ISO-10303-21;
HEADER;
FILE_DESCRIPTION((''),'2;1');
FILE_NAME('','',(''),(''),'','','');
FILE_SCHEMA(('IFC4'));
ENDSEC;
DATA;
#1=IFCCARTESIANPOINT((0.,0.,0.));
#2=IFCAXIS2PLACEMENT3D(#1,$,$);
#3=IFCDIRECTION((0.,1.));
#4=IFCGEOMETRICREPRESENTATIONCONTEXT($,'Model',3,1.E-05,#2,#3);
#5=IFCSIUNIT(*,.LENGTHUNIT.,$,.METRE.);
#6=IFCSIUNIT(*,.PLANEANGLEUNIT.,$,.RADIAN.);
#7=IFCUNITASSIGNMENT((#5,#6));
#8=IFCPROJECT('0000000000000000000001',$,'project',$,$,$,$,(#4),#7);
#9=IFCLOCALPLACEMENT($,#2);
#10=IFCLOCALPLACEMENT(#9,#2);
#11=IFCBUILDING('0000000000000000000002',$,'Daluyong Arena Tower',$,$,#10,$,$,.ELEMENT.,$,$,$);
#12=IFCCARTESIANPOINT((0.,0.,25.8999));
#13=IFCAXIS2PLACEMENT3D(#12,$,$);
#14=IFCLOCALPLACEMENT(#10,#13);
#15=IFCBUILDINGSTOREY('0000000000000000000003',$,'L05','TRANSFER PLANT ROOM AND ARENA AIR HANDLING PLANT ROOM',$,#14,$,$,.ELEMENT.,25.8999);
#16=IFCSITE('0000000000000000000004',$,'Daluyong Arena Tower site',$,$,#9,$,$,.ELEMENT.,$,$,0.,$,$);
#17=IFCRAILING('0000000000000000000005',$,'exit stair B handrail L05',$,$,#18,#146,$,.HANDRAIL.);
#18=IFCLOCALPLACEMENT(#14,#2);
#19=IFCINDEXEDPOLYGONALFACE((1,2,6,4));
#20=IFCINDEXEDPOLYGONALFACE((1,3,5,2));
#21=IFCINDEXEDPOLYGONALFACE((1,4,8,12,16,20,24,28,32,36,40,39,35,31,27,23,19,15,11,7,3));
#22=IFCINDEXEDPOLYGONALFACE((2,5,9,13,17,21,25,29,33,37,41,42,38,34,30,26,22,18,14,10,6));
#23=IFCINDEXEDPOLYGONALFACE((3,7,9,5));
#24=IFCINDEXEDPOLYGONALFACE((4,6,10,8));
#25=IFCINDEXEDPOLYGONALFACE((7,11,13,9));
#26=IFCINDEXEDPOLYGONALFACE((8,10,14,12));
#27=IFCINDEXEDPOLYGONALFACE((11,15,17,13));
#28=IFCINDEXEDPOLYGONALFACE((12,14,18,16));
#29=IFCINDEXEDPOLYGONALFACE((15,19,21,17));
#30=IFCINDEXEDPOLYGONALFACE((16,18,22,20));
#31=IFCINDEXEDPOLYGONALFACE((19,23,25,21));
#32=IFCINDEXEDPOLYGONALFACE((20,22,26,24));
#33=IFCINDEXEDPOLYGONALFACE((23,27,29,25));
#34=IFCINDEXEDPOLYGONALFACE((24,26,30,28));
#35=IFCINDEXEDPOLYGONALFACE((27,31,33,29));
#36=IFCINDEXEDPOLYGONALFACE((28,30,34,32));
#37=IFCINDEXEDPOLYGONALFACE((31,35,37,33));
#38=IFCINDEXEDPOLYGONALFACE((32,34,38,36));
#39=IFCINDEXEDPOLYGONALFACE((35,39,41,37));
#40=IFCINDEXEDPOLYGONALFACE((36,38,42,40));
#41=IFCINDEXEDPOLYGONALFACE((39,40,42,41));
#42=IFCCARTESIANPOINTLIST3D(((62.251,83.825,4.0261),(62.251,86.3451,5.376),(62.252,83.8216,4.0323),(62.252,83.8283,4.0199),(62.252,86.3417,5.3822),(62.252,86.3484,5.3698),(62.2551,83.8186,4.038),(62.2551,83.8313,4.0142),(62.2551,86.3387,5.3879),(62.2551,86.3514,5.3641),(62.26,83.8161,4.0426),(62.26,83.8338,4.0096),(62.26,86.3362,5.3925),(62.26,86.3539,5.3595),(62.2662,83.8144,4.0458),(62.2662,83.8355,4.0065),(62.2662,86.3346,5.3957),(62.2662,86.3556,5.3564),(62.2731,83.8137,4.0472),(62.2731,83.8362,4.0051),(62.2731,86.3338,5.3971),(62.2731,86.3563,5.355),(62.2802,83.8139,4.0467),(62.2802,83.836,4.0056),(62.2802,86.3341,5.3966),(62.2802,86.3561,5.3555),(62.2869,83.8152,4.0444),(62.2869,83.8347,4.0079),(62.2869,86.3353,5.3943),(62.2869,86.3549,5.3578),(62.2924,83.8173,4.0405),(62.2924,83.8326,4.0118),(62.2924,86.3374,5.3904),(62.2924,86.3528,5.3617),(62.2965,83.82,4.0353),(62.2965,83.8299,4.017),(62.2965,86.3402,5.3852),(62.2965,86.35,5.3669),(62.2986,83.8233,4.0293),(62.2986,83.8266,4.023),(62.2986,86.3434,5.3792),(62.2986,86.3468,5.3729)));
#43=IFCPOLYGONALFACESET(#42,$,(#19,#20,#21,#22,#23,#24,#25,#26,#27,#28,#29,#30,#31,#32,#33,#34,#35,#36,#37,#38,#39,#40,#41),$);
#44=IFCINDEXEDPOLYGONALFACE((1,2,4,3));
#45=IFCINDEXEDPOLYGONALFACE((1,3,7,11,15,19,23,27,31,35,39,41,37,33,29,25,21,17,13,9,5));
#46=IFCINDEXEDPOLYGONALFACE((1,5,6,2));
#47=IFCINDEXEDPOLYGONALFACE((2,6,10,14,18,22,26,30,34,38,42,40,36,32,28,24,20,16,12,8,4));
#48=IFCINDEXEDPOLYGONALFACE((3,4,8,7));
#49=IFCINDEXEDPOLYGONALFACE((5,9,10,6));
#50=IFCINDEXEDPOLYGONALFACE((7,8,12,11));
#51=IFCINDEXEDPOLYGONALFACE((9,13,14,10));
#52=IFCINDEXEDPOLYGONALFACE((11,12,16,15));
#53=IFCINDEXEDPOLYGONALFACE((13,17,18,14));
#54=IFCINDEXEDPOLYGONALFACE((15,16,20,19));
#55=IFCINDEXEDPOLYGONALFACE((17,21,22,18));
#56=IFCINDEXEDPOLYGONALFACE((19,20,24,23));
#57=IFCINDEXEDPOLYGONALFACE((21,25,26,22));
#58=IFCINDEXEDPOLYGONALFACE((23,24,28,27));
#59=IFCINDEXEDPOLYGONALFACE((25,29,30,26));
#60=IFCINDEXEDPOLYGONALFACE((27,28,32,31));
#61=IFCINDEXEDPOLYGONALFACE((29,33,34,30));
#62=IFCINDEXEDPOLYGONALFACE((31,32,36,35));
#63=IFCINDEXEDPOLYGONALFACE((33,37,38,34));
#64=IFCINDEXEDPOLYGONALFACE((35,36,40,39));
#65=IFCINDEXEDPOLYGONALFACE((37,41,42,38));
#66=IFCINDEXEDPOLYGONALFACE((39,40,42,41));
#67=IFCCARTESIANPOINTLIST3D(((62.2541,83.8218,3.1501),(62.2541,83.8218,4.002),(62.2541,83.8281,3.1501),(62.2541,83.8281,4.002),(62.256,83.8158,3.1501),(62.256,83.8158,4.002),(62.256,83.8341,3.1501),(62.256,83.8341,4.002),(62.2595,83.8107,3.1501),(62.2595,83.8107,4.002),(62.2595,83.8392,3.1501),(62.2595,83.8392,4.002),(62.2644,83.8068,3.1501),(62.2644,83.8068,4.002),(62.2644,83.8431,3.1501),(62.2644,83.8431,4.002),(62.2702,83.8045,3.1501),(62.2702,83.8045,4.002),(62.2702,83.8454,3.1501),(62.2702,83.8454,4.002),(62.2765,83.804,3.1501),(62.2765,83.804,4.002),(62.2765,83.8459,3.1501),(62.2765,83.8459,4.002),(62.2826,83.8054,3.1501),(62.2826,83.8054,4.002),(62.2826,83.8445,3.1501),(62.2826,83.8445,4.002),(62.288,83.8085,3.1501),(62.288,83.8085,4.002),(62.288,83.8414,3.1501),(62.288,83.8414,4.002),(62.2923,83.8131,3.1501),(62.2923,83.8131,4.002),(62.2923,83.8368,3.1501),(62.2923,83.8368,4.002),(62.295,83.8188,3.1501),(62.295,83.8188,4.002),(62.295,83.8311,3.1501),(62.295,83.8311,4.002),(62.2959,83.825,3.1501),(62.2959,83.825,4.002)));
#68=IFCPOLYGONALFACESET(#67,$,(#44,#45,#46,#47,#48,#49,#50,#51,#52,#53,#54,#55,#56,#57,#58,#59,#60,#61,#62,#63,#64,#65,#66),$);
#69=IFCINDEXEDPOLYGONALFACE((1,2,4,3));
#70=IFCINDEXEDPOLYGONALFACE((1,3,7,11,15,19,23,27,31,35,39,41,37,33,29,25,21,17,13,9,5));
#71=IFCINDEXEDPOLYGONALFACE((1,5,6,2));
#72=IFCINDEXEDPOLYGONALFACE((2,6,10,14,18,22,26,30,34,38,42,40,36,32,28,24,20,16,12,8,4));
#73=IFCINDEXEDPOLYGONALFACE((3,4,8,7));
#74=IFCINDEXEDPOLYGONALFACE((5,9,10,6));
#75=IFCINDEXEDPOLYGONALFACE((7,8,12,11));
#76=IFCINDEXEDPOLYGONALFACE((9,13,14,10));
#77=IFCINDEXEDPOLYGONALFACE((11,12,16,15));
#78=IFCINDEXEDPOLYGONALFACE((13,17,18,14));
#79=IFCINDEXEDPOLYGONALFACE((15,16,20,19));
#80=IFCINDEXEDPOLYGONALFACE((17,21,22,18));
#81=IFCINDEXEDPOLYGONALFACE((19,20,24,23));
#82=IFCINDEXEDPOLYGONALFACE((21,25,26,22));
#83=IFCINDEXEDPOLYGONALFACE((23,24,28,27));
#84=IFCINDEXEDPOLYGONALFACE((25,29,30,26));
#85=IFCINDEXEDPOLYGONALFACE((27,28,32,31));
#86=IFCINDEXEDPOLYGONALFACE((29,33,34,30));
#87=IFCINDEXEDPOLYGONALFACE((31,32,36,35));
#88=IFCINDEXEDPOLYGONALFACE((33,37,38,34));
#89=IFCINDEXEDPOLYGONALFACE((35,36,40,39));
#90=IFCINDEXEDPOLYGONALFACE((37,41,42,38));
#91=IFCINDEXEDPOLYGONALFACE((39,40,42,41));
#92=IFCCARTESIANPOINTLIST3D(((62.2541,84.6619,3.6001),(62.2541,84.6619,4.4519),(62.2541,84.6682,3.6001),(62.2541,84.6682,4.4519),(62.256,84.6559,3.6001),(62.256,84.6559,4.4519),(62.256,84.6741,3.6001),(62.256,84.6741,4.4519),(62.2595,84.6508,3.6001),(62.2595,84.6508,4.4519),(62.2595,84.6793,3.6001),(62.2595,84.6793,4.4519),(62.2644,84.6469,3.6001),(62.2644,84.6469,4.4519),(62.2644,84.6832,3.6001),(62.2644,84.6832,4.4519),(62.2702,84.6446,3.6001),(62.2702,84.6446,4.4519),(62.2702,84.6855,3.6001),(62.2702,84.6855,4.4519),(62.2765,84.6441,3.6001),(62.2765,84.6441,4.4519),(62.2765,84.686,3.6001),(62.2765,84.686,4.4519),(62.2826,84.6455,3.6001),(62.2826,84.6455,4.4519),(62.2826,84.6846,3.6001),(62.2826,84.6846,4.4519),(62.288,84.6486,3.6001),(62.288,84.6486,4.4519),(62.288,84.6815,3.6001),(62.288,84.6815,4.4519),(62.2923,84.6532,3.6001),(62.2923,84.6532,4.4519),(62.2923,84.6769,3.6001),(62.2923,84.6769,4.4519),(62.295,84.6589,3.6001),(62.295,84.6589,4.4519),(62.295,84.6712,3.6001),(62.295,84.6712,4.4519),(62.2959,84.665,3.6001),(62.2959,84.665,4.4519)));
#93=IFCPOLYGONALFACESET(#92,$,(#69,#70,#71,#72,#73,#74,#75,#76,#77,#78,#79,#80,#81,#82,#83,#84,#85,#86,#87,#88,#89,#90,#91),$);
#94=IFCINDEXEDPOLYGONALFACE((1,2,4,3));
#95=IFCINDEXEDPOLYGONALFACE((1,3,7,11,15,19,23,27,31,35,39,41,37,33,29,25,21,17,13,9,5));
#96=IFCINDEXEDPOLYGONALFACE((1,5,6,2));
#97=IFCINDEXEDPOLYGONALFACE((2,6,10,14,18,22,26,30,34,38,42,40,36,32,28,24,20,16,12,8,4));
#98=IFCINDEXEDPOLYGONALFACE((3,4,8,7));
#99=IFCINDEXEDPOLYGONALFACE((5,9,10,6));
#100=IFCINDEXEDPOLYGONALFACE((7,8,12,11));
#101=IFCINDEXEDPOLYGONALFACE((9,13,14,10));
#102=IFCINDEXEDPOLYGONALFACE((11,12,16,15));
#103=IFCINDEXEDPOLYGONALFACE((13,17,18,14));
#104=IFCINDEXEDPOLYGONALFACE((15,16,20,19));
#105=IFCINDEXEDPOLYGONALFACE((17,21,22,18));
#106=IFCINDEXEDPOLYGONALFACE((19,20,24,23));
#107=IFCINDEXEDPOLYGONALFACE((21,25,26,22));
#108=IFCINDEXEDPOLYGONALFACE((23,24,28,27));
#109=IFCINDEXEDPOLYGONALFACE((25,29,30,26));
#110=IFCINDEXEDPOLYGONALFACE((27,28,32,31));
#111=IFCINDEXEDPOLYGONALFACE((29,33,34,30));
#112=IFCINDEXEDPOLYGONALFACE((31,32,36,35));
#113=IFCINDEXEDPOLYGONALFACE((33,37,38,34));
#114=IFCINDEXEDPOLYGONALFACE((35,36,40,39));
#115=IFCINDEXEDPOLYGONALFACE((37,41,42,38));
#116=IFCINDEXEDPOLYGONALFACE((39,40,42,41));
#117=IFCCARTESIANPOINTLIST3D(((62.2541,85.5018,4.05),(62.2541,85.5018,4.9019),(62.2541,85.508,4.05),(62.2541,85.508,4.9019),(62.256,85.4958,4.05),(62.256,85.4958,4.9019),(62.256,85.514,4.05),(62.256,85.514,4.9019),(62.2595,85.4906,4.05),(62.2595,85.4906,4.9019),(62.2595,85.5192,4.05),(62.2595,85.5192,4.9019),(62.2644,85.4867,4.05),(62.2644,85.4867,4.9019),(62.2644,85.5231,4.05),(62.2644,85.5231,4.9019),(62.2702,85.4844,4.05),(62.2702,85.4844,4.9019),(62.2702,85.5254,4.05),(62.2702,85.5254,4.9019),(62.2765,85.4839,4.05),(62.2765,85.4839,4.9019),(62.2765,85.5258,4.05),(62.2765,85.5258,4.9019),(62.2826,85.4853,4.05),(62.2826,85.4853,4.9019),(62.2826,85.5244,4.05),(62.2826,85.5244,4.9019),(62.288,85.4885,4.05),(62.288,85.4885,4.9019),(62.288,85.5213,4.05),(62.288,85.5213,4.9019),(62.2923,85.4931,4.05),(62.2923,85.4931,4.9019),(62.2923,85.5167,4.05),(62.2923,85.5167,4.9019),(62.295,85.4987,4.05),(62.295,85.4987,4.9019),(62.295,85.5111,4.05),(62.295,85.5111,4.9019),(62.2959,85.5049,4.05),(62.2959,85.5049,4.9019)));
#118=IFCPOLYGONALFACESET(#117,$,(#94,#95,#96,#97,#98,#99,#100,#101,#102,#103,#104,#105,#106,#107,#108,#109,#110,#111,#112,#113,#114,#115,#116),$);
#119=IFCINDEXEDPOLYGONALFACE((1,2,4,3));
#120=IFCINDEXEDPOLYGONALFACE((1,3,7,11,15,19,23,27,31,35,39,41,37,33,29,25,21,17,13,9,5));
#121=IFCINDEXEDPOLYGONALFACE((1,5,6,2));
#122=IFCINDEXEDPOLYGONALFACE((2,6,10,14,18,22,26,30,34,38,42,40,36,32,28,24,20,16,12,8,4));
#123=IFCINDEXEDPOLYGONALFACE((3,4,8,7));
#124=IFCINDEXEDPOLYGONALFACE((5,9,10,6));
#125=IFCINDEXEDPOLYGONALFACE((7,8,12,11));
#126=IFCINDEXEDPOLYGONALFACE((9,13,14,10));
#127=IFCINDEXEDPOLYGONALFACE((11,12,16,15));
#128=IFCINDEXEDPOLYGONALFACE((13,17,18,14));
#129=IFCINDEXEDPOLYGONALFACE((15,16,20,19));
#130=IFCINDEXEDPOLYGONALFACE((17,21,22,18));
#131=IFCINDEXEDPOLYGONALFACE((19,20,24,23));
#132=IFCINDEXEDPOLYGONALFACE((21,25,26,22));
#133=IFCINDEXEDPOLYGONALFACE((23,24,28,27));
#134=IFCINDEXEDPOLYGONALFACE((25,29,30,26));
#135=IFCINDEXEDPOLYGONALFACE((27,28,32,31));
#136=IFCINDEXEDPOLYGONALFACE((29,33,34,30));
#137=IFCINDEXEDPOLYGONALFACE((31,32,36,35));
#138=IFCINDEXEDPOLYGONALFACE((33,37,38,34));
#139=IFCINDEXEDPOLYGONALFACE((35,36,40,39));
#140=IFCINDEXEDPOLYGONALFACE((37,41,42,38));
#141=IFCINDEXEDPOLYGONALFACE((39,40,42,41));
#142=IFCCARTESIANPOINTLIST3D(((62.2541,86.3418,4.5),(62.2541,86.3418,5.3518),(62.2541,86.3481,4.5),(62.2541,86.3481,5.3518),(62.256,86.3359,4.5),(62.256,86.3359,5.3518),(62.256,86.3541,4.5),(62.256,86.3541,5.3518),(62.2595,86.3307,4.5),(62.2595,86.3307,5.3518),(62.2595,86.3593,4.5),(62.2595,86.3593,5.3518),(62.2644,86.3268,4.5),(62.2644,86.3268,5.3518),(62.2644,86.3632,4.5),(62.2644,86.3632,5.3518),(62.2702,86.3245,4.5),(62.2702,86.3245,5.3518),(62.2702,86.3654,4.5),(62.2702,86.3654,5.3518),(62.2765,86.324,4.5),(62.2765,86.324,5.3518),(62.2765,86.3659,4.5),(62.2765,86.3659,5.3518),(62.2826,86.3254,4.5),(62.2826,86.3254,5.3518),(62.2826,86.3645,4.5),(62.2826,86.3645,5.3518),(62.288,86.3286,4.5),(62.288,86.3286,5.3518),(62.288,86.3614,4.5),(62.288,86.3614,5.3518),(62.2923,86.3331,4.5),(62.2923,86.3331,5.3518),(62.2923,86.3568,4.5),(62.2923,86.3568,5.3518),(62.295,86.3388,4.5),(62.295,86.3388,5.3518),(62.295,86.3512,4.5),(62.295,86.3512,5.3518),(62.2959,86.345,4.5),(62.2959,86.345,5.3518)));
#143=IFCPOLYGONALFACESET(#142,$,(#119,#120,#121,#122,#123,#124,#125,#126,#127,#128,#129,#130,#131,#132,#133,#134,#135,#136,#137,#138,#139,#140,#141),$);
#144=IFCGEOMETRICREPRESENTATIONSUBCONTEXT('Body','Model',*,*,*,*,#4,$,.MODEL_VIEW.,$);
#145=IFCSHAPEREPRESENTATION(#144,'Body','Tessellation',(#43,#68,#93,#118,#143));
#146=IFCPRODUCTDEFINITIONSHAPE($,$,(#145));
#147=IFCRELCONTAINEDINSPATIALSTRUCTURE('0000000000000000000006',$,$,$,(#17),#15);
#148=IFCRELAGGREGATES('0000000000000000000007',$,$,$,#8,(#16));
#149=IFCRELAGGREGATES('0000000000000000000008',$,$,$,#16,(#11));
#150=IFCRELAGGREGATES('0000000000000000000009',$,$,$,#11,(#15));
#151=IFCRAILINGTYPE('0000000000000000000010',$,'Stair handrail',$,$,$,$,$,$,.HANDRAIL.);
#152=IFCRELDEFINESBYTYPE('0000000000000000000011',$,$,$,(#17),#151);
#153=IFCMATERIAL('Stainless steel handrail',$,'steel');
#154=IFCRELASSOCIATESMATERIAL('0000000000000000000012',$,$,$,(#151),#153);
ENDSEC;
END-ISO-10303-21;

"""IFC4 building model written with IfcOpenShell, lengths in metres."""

from ifc_helpers import new_model, si_unit, direction, frame, origin, origin_2d, place, context, subcontext, project, spatial, circle, extrude, material, type_object, element, save


model = new_model("IFC4")

# Units and contexts
model_context = context("Model", 3, precision=1e-05, world=origin(), true_north=direction((0.0, 1.0)))
body_context = subcontext(model_context, "Body", "Model", "MODEL_VIEW")
ifc_project = project(units=[si_unit("LENGTHUNIT", "METRE"), si_unit("PLANEANGLEUNIT", "RADIAN")], contexts=[model_context])

# Site, building, storey
site_placement = place(None, origin())
site = spatial("IfcSite", under=ifc_project, at=site_placement, Name="Daluyong Arena Tower site", CompositionType="ELEMENT", RefElevation=0.0)
building_placement = place(site_placement, origin())
building = spatial("IfcBuilding", under=site, at=building_placement, Name="Daluyong Arena Tower", CompositionType="ELEMENT")
storey_placement = place(building_placement, frame((0.0, 0.0, 25.8999)))
storey = spatial("IfcBuildingStorey", under=building, at=storey_placement, Name="L05", Description="TRANSFER PLANT ROOM AND ARENA AIR HANDLING PLANT ROOM", CompositionType="ELEMENT", Elevation=25.8999)

# Railing
ifc_material_1 = material(Name="Stainless steel handrail", Category="steel")
railing_type = type_object("IfcRailingType", Name="Stair handrail", PredefinedType="HANDRAIL", material=ifc_material_1)
for number, where, name in (
    (1, (62.2749, 83.825, 3.1501), "exit stair B handrail L05"),
):
    element("IfcRailing", number, at=place(storey_placement, frame(where)), inside=storey, type_object=railing_type, Name=name, PredefinedType="HANDRAIL", context=body_context, shape_type="SweptSolid", body=[
        extrude(circle(Radius=0.0239, at=origin_2d()), frame((0.0, 0.0, 0.876), z_axis=(0.0, 0.881503, 0.472179), x_axis=(-1.0, 0.0, 0.0)), (0.0, 0.0, 1.0), 2.8589),
        extrude(circle(Radius=0.021, at=origin_2d()), origin(), (0.0, 0.0, 1.0), 0.8518),
        extrude(circle(Radius=0.021, at=origin_2d()), frame((0.0, 0.8401, 0.45)), (0.0, 0.0, 1.0), 0.8518),
        extrude(circle(Radius=0.021, at=origin_2d()), frame((0.0, 1.6799, 0.8999)), (0.0, 0.0, 1.0), 0.8518),
        extrude(circle(Radius=0.021, at=origin_2d()), frame((0.0, 2.52, 1.3499)), (0.0, 0.0, 1.0), 0.8518),
    ])

save(model, "model.ifc")
